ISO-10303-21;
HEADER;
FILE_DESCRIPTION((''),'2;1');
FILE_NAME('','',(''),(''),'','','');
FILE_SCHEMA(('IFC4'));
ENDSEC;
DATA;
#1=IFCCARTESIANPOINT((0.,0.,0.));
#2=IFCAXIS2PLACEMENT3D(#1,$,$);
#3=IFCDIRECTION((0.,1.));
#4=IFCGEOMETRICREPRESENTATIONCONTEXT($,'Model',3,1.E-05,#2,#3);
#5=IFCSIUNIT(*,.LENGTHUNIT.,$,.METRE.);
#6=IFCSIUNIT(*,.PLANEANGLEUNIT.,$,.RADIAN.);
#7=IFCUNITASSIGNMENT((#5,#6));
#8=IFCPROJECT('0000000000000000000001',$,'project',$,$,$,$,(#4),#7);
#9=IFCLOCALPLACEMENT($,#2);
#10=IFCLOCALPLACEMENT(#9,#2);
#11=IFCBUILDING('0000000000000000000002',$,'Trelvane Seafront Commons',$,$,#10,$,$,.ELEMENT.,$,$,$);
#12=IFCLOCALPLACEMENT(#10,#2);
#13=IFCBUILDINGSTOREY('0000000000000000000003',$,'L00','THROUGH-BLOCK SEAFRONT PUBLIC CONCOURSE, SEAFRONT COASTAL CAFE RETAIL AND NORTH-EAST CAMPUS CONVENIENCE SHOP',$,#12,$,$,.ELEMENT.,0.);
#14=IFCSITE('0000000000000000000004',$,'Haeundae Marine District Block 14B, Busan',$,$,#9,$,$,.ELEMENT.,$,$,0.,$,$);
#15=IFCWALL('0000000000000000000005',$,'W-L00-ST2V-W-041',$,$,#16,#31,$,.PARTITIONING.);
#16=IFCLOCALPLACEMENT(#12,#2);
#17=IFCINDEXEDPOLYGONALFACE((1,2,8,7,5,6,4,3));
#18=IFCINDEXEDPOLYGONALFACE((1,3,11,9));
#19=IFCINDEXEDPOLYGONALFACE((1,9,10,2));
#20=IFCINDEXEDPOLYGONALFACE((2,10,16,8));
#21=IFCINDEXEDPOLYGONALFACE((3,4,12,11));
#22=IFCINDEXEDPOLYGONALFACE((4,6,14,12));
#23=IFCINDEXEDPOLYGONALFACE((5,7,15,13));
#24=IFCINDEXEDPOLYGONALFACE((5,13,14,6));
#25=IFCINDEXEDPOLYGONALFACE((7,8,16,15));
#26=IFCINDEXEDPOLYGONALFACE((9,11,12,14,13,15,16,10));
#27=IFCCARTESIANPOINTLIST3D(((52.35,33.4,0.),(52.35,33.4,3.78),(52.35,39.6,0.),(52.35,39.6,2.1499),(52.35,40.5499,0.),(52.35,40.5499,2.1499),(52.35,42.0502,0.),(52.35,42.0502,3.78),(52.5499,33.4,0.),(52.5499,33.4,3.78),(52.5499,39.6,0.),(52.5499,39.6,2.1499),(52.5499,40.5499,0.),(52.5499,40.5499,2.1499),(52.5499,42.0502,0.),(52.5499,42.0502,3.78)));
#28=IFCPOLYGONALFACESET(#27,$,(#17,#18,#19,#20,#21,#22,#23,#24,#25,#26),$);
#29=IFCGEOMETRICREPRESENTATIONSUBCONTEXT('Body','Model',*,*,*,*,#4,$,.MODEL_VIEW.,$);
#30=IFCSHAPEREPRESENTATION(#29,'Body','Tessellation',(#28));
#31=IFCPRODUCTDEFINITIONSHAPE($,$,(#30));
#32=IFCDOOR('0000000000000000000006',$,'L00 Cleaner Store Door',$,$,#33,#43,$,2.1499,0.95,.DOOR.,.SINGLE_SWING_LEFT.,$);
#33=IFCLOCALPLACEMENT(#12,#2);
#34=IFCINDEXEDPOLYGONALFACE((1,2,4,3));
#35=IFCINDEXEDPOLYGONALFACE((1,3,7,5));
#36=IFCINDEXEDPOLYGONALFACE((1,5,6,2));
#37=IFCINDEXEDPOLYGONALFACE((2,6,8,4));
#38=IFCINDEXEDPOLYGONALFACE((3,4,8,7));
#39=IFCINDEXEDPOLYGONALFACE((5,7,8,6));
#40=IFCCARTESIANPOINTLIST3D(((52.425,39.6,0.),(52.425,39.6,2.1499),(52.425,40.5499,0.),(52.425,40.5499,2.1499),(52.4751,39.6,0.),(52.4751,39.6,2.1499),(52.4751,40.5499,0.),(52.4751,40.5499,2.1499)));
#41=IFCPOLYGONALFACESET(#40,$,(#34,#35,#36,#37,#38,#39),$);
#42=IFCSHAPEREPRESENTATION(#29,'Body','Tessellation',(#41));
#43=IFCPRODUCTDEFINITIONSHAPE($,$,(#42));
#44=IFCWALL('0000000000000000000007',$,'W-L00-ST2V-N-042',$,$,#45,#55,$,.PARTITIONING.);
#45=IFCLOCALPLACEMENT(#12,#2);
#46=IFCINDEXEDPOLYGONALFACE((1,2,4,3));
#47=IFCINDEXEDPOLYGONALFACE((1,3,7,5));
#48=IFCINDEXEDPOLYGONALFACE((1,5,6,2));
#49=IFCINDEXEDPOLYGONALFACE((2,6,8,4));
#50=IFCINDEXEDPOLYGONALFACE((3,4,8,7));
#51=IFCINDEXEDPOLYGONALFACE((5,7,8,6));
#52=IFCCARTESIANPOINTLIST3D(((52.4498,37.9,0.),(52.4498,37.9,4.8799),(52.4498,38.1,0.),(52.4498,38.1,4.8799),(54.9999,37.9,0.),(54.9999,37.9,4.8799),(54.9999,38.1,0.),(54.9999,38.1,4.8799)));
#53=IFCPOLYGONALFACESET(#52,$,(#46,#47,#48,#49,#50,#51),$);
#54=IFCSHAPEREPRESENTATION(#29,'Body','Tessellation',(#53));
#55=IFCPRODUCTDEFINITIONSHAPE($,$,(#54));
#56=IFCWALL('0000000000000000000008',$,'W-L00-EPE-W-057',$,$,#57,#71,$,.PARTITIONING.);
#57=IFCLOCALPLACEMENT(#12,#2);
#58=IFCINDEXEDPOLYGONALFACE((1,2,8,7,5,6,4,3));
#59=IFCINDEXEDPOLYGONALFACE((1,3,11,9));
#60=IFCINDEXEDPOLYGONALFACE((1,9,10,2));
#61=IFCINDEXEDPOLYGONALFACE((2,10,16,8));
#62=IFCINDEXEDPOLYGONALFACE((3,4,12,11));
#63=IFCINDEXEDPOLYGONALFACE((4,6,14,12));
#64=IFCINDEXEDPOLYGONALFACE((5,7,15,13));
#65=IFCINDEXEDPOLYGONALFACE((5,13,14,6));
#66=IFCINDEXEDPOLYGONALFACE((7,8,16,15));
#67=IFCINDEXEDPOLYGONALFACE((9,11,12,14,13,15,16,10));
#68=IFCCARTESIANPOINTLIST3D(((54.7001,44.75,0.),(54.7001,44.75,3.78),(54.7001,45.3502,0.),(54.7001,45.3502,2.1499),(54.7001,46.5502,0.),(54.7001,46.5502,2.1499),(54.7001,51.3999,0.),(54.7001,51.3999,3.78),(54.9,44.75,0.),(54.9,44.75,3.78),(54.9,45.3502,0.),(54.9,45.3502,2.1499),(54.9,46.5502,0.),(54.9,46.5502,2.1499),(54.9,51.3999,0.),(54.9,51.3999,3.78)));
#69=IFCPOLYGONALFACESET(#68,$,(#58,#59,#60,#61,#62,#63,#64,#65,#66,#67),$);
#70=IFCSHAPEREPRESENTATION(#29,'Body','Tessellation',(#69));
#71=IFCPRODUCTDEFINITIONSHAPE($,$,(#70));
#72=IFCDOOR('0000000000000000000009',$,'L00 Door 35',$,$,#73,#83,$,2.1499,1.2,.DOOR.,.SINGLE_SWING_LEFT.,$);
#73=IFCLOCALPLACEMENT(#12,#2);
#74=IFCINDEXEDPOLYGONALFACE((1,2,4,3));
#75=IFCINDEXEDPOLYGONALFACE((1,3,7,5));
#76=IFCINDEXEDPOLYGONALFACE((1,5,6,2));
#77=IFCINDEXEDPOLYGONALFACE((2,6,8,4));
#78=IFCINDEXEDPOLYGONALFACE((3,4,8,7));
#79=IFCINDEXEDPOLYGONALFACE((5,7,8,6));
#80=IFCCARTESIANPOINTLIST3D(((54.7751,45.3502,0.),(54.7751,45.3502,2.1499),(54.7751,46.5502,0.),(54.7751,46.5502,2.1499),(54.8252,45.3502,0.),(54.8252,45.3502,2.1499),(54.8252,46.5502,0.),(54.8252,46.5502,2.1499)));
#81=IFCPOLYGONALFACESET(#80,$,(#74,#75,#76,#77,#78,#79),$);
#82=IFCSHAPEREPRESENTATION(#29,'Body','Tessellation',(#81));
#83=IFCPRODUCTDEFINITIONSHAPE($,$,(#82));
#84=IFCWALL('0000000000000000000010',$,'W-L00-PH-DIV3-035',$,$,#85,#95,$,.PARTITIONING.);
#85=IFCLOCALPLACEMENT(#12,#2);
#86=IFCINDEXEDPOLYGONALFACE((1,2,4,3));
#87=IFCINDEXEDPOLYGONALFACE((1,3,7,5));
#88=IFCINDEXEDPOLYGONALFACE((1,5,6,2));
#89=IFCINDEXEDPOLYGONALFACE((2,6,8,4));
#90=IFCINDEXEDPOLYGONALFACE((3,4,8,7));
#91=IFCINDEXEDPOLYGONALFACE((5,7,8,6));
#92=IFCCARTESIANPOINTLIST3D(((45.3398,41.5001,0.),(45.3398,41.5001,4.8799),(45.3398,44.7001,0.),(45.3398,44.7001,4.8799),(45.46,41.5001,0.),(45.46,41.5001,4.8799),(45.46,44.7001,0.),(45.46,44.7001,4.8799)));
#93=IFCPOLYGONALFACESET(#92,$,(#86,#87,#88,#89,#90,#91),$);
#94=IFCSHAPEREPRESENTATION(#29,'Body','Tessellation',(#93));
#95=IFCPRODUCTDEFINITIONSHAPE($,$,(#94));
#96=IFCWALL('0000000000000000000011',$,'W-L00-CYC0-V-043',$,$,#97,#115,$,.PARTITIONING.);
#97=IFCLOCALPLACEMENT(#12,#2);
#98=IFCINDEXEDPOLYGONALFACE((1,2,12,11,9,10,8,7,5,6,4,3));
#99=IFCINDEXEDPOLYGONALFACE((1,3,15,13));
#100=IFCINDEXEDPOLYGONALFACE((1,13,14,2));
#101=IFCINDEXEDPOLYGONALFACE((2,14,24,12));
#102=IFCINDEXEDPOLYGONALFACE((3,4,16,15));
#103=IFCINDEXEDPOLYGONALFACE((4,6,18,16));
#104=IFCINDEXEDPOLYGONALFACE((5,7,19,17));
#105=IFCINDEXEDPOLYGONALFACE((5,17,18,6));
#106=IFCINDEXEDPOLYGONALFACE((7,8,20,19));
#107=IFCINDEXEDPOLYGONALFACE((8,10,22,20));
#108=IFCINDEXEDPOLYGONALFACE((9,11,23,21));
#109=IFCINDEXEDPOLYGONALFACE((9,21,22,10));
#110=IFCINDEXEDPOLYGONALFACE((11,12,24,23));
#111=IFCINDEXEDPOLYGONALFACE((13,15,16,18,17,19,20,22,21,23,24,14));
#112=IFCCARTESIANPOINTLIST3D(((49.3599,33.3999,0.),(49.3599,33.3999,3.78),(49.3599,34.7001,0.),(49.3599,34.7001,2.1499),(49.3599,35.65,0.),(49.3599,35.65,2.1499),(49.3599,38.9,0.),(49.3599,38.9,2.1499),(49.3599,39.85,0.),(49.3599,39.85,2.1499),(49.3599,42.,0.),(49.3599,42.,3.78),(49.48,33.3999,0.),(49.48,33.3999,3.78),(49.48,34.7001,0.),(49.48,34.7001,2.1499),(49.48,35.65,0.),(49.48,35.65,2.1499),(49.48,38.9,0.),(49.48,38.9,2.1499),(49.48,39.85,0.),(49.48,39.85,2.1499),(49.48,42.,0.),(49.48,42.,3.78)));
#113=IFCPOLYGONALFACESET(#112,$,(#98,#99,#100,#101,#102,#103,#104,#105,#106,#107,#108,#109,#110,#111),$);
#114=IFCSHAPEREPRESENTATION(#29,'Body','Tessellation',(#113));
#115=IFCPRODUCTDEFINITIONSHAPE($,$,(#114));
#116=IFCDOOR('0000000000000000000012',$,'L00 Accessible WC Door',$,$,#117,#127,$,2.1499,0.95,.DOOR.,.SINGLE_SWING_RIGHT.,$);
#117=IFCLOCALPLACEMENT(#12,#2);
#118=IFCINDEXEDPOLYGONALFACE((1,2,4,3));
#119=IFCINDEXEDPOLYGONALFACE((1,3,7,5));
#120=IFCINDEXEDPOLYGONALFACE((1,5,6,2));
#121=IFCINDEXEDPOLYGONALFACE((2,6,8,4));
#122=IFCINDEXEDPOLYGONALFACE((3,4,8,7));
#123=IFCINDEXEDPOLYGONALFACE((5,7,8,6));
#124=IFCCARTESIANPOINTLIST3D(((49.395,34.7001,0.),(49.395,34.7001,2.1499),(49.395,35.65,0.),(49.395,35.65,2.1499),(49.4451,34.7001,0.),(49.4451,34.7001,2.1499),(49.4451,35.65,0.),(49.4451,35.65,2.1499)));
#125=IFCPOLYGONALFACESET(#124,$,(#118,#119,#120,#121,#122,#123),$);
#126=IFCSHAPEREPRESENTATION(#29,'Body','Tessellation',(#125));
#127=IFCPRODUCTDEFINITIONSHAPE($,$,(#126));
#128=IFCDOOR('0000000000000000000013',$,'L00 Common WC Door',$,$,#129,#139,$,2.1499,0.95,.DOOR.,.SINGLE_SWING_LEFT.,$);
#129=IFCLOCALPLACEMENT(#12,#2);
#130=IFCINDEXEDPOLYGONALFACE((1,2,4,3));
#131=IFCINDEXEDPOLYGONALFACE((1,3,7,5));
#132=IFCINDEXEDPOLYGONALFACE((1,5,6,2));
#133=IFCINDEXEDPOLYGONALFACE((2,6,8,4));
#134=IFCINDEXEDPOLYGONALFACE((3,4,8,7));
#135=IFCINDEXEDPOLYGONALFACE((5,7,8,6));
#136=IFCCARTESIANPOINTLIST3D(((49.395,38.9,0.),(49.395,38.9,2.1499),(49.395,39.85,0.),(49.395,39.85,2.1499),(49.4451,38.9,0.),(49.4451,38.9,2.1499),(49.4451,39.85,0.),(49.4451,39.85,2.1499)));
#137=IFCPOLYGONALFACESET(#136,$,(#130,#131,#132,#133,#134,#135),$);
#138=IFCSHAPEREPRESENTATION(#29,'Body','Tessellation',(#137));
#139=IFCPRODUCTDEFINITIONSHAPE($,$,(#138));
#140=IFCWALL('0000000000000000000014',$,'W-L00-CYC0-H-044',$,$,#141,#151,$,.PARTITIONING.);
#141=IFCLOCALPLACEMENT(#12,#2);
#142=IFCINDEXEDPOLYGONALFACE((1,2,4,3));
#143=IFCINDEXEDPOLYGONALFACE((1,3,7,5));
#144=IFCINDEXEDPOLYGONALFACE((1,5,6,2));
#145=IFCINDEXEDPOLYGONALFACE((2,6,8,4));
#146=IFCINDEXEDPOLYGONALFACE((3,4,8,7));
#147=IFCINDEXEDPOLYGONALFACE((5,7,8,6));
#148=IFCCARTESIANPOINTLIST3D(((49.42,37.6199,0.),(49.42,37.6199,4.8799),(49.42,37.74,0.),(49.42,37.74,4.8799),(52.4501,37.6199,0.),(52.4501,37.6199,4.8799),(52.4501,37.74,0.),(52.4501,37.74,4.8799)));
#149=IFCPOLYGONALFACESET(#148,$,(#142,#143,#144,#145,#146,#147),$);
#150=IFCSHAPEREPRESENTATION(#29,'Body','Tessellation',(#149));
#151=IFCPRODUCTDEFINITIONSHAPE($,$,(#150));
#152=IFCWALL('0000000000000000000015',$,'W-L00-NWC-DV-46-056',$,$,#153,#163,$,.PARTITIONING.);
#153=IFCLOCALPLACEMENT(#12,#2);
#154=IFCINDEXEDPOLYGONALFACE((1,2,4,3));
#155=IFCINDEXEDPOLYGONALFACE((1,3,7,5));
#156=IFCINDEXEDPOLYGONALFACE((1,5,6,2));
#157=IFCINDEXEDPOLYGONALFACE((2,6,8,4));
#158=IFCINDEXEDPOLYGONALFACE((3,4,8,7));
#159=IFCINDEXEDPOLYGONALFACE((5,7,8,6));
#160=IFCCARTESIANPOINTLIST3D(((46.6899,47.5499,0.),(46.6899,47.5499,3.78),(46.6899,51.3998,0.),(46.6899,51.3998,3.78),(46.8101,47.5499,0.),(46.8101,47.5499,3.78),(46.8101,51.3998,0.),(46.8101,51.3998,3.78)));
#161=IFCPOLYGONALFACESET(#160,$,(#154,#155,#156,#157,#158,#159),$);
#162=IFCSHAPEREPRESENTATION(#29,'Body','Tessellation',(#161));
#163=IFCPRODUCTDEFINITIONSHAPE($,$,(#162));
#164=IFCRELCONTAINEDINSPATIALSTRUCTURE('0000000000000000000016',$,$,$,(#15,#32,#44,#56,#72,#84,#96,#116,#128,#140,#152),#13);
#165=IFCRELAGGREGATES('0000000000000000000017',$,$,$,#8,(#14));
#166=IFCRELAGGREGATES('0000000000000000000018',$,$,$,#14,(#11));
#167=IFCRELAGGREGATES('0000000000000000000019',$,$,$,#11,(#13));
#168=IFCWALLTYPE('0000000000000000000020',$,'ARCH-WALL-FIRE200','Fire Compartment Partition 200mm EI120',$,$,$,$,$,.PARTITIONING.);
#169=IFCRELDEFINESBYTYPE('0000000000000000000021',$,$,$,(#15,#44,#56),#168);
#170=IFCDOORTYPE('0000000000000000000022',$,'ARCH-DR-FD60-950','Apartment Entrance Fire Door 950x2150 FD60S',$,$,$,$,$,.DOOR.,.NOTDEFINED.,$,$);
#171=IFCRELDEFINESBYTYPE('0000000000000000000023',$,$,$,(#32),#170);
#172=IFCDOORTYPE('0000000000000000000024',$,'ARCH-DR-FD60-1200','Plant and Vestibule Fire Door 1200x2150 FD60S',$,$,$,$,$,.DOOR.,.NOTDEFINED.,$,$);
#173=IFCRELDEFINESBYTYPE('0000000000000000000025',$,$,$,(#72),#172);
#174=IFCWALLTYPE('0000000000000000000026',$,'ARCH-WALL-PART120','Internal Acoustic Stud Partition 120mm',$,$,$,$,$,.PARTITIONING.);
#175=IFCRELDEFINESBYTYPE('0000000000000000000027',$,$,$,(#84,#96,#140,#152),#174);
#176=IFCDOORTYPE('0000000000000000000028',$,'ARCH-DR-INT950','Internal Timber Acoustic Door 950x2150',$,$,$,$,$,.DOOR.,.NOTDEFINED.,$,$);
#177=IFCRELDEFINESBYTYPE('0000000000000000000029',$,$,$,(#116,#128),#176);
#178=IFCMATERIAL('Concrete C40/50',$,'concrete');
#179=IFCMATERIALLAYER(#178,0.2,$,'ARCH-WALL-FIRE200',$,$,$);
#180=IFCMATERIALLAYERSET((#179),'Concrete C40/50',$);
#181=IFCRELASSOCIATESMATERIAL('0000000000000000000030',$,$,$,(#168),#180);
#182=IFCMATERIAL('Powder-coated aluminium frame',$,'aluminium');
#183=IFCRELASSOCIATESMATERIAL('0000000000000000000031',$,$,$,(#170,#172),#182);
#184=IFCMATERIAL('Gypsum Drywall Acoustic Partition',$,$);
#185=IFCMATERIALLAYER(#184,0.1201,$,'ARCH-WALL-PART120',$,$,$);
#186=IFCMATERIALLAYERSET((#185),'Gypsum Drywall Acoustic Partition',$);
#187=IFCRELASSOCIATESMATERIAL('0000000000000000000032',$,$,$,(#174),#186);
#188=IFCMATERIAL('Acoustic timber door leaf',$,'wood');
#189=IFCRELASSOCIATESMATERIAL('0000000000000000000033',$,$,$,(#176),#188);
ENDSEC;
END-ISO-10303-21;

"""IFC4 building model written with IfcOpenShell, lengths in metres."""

from ifc_helpers import new_model, si_unit, direction, frame, frame_2d, origin, place, context, subcontext, project, spatial, rectangle, extrude, source, transform, mapped, material, layer, layer_set, type_object, element, fill, save


model = new_model("IFC4")

# Units and contexts
model_context = context("Model", 3, precision=1e-05, world=origin(), true_north=direction((0.0, 1.0)))
body_context = subcontext(model_context, "Body", "Model", "MODEL_VIEW")
ifc_project = project(units=[si_unit("LENGTHUNIT", "METRE"), si_unit("PLANEANGLEUNIT", "RADIAN")], contexts=[model_context])

# Site, building, storey
site_placement = place(None, origin())
site = spatial("IfcSite", under=ifc_project, at=site_placement, Name="Haeundae Marine District Block 14B, Busan", CompositionType="ELEMENT", RefElevation=0.0)
building_placement = place(site_placement, origin())
building = spatial("IfcBuilding", under=site, at=building_placement, Name="Trelvane Seafront Commons", CompositionType="ELEMENT")
storey_placement = place(building_placement, origin())
storey = spatial("IfcBuildingStorey", under=building, at=storey_placement, Name="L00", Description="THROUGH-BLOCK SEAFRONT PUBLIC CONCOURSE, SEAFRONT COASTAL CAFE RETAIL AND NORTH-EAST CAMPUS CONVENIENCE SHOP", CompositionType="ELEMENT", Elevation=0.0)

# Wall, opening, door
ifc_material_1 = material(Name="Concrete C40/50", Category="concrete")
ifc_layer_1 = layer(ifc_material_1, 0.2, Name="ARCH-WALL-FIRE200")
ifc_layer_set_1 = layer_set([ifc_layer_1], Name="Concrete C40/50")
wall_type_1 = type_object("IfcWallType", Name="ARCH-WALL-FIRE200", Description="Fire Compartment Partition 200mm EI120", PredefinedType="PARTITIONING", material=ifc_layer_set_1)
wall_1_placement = place(storey_placement, frame((52.45, 33.3999, 0.0), z_axis=(0.0, 0.0, 1.0), x_axis=(0.0, 1.0, 0.0)))
wall_1 = element("IfcWall", 1, at=wall_1_placement, inside=storey, type_object=wall_type_1, Name="W-L00-ST2V-W-041", PredefinedType="PARTITIONING", context=body_context, shape_type="SweptSolid", body=[
    extrude(rectangle(XDim=8.6501, YDim=0.2, at=frame_2d((4.3252, 0.0))), origin(), (0.0, 0.0, 1.0), 3.78),
])
opening_1_placement = place(wall_1_placement, frame((6.2, 0.0, 0.0)))
opening_1 = element("IfcOpeningElement", 2, at=opening_1_placement, cuts=wall_1, PredefinedType="OPENING", context=body_context, shape_type="SweptSolid", body=[
    extrude(rectangle(XDim=0.95, YDim=2.1499, at=frame_2d((0.4751, 1.075))), frame((0.0, 0.1099, 0.0), z_axis=(0.0, -1.0, 0.0), x_axis=(1.0, 0.0, 0.0)), (0.0, 0.0, 1.0), 0.22),
])
ifc_material_2 = material(Name="Powder-coated aluminium frame", Category="aluminium")
door_type_1 = type_object("IfcDoorType", Name="ARCH-DR-FD60-950", Description="Apartment Entrance Fire Door 950x2150 FD60S", OperationType="NOTDEFINED", PredefinedType="DOOR", material=ifc_material_2)
shared_shape_1 = source(origin(), body_context, "Body", "SweptSolid", [
    extrude(rectangle(XDim=0.95, YDim=2.1499, at=frame_2d((0.4751, 1.075))), frame((0.0, 0.0249, 0.0), z_axis=(0.0, -1.0, 0.0), x_axis=(1.0, 0.0, 0.0)), (0.0, 0.0, 1.0), 0.05),
])
door_1_placement = place(opening_1_placement, origin())
door_1 = element("IfcDoor", 3, at=door_1_placement, inside=storey, type_object=door_type_1, Name="L00 Cleaner Store Door", OperationType="SINGLE_SWING_LEFT", OverallHeight=2.1499, OverallWidth=0.95, PredefinedType="DOOR", context=body_context, shape_type="MappedRepresentation", body=[
    mapped(shared_shape_1, transform((0.0, 0.0, 0.0), x_axis=(1.0, 0.0, 0.0), y_axis=(0.0, 1.0, 0.0), z_axis=(0.0, 0.0, 1.0), scale=1.0)),
])
fill(opening_1, door_1)

# Wall
wall_2_placement = place(storey_placement, frame((52.45, 38.0, 0.0), z_axis=(0.0, 0.0, 1.0), x_axis=(1.0, 0.0, 0.0)))
element("IfcWall", 4, at=wall_2_placement, inside=storey, type_object=wall_type_1, Name="W-L00-ST2V-N-042", PredefinedType="PARTITIONING", context=body_context, shape_type="SweptSolid", body=[
    extrude(rectangle(XDim=2.55, YDim=0.2, at=frame_2d((1.2749, 0.0))), origin(), (0.0, 0.0, 1.0), 4.8799),
])

# Wall, opening, door
wall_3_placement = place(storey_placement, frame((54.8, 44.75, 0.0), z_axis=(0.0, 0.0, 1.0), x_axis=(0.0, 1.0, 0.0)))
wall_3 = element("IfcWall", 5, at=wall_3_placement, inside=storey, type_object=wall_type_1, Name="W-L00-EPE-W-057", PredefinedType="PARTITIONING", context=body_context, shape_type="SweptSolid", body=[
    extrude(rectangle(XDim=6.6499, YDim=0.2, at=frame_2d((3.325, 0.0))), origin(), (0.0, 0.0, 1.0), 3.78),
])
opening_2_placement = place(wall_3_placement, frame((0.6001, 0.0, 0.0)))
opening_2 = element("IfcOpeningElement", 6, at=opening_2_placement, cuts=wall_3, PredefinedType="OPENING", context=body_context, shape_type="SweptSolid", body=[
    extrude(rectangle(XDim=1.2, YDim=2.1499, at=frame_2d((0.6001, 1.075))), frame((0.0, 0.1099, 0.0), z_axis=(0.0, -1.0, 0.0), x_axis=(1.0, 0.0, 0.0)), (0.0, 0.0, 1.0), 0.22),
])
door_type_2 = type_object("IfcDoorType", Name="ARCH-DR-FD60-1200", Description="Plant and Vestibule Fire Door 1200x2150 FD60S", OperationType="NOTDEFINED", PredefinedType="DOOR", material=ifc_material_2)
shared_shape_2 = source(origin(), body_context, "Body", "SweptSolid", [
    extrude(rectangle(XDim=1.2, YDim=2.1499, at=frame_2d((0.6001, 1.075))), frame((0.0, 0.0249, 0.0), z_axis=(0.0, -1.0, 0.0), x_axis=(1.0, 0.0, 0.0)), (0.0, 0.0, 1.0), 0.05),
])
door_2_placement = place(opening_2_placement, origin())
door_2 = element("IfcDoor", 7, at=door_2_placement, inside=storey, type_object=door_type_2, Name="L00 Door 35", OperationType="SINGLE_SWING_LEFT", OverallHeight=2.1499, OverallWidth=1.2, PredefinedType="DOOR", context=body_context, shape_type="MappedRepresentation", body=[
    mapped(shared_shape_2, transform((0.0, 0.0, 0.0), x_axis=(1.0, 0.0, 0.0), y_axis=(0.0, 1.0, 0.0), z_axis=(0.0, 0.0, 1.0), scale=1.0)),
])
fill(opening_2, door_2)

# Wall
ifc_material_3 = material(Name="Gypsum Drywall Acoustic Partition")
ifc_layer_2 = layer(ifc_material_3, 0.1201, Name="ARCH-WALL-PART120")
ifc_layer_set_2 = layer_set([ifc_layer_2], Name="Gypsum Drywall Acoustic Partition")
wall_type_2 = type_object("IfcWallType", Name="ARCH-WALL-PART120", Description="Internal Acoustic Stud Partition 120mm", PredefinedType="PARTITIONING", material=ifc_layer_set_2)
wall_4_placement = place(storey_placement, frame((45.3999, 41.5, 0.0), z_axis=(0.0, 0.0, 1.0), x_axis=(0.0, 1.0, 0.0)))
element("IfcWall", 8, at=wall_4_placement, inside=storey, type_object=wall_type_2, Name="W-L00-PH-DIV3-035", PredefinedType="PARTITIONING", context=body_context, shape_type="SweptSolid", body=[
    extrude(rectangle(XDim=3.2, YDim=0.1201, at=frame_2d((1.6001, 0.0))), origin(), (0.0, 0.0, 1.0), 4.8799),
])

# Wall, openings, doors
wall_5_placement = place(storey_placement, frame((49.4199, 33.3999, 0.0), z_axis=(0.0, 0.0, 1.0), x_axis=(0.0, 1.0, 0.0)))
wall_5 = element("IfcWall", 9, at=wall_5_placement, inside=storey, type_object=wall_type_2, Name="W-L00-CYC0-V-043", PredefinedType="PARTITIONING", context=body_context, shape_type="SweptSolid", body=[
    extrude(rectangle(XDim=8.6001, YDim=0.1201, at=frame_2d((4.3, 0.0))), origin(), (0.0, 0.0, 1.0), 3.78),
])
opening_3_placement = place(wall_5_placement, frame((1.3, 0.0, 0.0)))
opening_3 = element("IfcOpeningElement", 10, at=opening_3_placement, cuts=wall_5, PredefinedType="OPENING", context=body_context, shape_type="SweptSolid", body=[
    extrude(rectangle(XDim=0.95, YDim=2.1499, at=frame_2d((0.4751, 1.075))), frame((0.0, 0.0701, 0.0), z_axis=(0.0, -1.0, 0.0), x_axis=(1.0, 0.0, 0.0)), (0.0, 0.0, 1.0), 0.1401),
])
opening_4_placement = place(wall_5_placement, frame((5.5, 0.0, 0.0)))
opening_4 = element("IfcOpeningElement", 11, at=opening_4_placement, cuts=wall_5, PredefinedType="OPENING", context=body_context, shape_type="SweptSolid", body=[
    extrude(rectangle(XDim=0.95, YDim=2.1499, at=frame_2d((0.4751, 1.075))), frame((0.0, 0.0701, 0.0), z_axis=(0.0, -1.0, 0.0), x_axis=(1.0, 0.0, 0.0)), (0.0, 0.0, 1.0), 0.1401),
])
ifc_material_4 = material(Name="Acoustic timber door leaf", Category="wood")
door_type_3 = type_object("IfcDoorType", Name="ARCH-DR-INT950", Description="Internal Timber Acoustic Door 950x2150", OperationType="NOTDEFINED", PredefinedType="DOOR", material=ifc_material_4)
door_3_placement = place(opening_3_placement, origin())
door_3 = element("IfcDoor", 12, at=door_3_placement, inside=storey, type_object=door_type_3, Name="L00 Accessible WC Door", OperationType="SINGLE_SWING_RIGHT", OverallHeight=2.1499, OverallWidth=0.95, PredefinedType="DOOR", context=body_context, shape_type="MappedRepresentation", body=[
    mapped(shared_shape_1, transform((0.0, 0.0, 0.0), x_axis=(1.0, 0.0, 0.0), y_axis=(0.0, 1.0, 0.0), z_axis=(0.0, 0.0, 1.0), scale=1.0)),
])
fill(opening_3, door_3)
door_4_placement = place(opening_4_placement, origin())
door_4 = element("IfcDoor", 13, at=door_4_placement, inside=storey, type_object=door_type_3, Name="L00 Common WC Door", OperationType="SINGLE_SWING_LEFT", OverallHeight=2.1499, OverallWidth=0.95, PredefinedType="DOOR", context=body_context, shape_type="MappedRepresentation", body=[
    mapped(shared_shape_1, transform((0.0, 0.0, 0.0), x_axis=(1.0, 0.0, 0.0), y_axis=(0.0, 1.0, 0.0), z_axis=(0.0, 0.0, 1.0), scale=1.0)),
])
fill(opening_4, door_4)

# Walls
wall_6_placement = place(storey_placement, frame((49.4199, 37.6799, 0.0), z_axis=(0.0, 0.0, 1.0), x_axis=(1.0, 0.0, 0.0)))
element("IfcWall", 14, at=wall_6_placement, inside=storey, type_object=wall_type_2, Name="W-L00-CYC0-H-044", PredefinedType="PARTITIONING", context=body_context, shape_type="SweptSolid", body=[
    extrude(rectangle(XDim=3.03, YDim=0.1201, at=frame_2d((1.5151, 0.0))), origin(), (0.0, 0.0, 1.0), 4.8799),
])
wall_7_placement = place(storey_placement, frame((46.75, 47.55, 0.0), z_axis=(0.0, 0.0, 1.0), x_axis=(0.0, 1.0, 0.0)))
element("IfcWall", 15, at=wall_7_placement, inside=storey, type_object=wall_type_2, Name="W-L00-NWC-DV-46-056", PredefinedType="PARTITIONING", context=body_context, shape_type="SweptSolid", body=[
    extrude(rectangle(XDim=3.8499, YDim=0.1201, at=frame_2d((1.9248, 0.0))), origin(), (0.0, 0.0, 1.0), 3.78),
])

save(model, "model.ifc")
